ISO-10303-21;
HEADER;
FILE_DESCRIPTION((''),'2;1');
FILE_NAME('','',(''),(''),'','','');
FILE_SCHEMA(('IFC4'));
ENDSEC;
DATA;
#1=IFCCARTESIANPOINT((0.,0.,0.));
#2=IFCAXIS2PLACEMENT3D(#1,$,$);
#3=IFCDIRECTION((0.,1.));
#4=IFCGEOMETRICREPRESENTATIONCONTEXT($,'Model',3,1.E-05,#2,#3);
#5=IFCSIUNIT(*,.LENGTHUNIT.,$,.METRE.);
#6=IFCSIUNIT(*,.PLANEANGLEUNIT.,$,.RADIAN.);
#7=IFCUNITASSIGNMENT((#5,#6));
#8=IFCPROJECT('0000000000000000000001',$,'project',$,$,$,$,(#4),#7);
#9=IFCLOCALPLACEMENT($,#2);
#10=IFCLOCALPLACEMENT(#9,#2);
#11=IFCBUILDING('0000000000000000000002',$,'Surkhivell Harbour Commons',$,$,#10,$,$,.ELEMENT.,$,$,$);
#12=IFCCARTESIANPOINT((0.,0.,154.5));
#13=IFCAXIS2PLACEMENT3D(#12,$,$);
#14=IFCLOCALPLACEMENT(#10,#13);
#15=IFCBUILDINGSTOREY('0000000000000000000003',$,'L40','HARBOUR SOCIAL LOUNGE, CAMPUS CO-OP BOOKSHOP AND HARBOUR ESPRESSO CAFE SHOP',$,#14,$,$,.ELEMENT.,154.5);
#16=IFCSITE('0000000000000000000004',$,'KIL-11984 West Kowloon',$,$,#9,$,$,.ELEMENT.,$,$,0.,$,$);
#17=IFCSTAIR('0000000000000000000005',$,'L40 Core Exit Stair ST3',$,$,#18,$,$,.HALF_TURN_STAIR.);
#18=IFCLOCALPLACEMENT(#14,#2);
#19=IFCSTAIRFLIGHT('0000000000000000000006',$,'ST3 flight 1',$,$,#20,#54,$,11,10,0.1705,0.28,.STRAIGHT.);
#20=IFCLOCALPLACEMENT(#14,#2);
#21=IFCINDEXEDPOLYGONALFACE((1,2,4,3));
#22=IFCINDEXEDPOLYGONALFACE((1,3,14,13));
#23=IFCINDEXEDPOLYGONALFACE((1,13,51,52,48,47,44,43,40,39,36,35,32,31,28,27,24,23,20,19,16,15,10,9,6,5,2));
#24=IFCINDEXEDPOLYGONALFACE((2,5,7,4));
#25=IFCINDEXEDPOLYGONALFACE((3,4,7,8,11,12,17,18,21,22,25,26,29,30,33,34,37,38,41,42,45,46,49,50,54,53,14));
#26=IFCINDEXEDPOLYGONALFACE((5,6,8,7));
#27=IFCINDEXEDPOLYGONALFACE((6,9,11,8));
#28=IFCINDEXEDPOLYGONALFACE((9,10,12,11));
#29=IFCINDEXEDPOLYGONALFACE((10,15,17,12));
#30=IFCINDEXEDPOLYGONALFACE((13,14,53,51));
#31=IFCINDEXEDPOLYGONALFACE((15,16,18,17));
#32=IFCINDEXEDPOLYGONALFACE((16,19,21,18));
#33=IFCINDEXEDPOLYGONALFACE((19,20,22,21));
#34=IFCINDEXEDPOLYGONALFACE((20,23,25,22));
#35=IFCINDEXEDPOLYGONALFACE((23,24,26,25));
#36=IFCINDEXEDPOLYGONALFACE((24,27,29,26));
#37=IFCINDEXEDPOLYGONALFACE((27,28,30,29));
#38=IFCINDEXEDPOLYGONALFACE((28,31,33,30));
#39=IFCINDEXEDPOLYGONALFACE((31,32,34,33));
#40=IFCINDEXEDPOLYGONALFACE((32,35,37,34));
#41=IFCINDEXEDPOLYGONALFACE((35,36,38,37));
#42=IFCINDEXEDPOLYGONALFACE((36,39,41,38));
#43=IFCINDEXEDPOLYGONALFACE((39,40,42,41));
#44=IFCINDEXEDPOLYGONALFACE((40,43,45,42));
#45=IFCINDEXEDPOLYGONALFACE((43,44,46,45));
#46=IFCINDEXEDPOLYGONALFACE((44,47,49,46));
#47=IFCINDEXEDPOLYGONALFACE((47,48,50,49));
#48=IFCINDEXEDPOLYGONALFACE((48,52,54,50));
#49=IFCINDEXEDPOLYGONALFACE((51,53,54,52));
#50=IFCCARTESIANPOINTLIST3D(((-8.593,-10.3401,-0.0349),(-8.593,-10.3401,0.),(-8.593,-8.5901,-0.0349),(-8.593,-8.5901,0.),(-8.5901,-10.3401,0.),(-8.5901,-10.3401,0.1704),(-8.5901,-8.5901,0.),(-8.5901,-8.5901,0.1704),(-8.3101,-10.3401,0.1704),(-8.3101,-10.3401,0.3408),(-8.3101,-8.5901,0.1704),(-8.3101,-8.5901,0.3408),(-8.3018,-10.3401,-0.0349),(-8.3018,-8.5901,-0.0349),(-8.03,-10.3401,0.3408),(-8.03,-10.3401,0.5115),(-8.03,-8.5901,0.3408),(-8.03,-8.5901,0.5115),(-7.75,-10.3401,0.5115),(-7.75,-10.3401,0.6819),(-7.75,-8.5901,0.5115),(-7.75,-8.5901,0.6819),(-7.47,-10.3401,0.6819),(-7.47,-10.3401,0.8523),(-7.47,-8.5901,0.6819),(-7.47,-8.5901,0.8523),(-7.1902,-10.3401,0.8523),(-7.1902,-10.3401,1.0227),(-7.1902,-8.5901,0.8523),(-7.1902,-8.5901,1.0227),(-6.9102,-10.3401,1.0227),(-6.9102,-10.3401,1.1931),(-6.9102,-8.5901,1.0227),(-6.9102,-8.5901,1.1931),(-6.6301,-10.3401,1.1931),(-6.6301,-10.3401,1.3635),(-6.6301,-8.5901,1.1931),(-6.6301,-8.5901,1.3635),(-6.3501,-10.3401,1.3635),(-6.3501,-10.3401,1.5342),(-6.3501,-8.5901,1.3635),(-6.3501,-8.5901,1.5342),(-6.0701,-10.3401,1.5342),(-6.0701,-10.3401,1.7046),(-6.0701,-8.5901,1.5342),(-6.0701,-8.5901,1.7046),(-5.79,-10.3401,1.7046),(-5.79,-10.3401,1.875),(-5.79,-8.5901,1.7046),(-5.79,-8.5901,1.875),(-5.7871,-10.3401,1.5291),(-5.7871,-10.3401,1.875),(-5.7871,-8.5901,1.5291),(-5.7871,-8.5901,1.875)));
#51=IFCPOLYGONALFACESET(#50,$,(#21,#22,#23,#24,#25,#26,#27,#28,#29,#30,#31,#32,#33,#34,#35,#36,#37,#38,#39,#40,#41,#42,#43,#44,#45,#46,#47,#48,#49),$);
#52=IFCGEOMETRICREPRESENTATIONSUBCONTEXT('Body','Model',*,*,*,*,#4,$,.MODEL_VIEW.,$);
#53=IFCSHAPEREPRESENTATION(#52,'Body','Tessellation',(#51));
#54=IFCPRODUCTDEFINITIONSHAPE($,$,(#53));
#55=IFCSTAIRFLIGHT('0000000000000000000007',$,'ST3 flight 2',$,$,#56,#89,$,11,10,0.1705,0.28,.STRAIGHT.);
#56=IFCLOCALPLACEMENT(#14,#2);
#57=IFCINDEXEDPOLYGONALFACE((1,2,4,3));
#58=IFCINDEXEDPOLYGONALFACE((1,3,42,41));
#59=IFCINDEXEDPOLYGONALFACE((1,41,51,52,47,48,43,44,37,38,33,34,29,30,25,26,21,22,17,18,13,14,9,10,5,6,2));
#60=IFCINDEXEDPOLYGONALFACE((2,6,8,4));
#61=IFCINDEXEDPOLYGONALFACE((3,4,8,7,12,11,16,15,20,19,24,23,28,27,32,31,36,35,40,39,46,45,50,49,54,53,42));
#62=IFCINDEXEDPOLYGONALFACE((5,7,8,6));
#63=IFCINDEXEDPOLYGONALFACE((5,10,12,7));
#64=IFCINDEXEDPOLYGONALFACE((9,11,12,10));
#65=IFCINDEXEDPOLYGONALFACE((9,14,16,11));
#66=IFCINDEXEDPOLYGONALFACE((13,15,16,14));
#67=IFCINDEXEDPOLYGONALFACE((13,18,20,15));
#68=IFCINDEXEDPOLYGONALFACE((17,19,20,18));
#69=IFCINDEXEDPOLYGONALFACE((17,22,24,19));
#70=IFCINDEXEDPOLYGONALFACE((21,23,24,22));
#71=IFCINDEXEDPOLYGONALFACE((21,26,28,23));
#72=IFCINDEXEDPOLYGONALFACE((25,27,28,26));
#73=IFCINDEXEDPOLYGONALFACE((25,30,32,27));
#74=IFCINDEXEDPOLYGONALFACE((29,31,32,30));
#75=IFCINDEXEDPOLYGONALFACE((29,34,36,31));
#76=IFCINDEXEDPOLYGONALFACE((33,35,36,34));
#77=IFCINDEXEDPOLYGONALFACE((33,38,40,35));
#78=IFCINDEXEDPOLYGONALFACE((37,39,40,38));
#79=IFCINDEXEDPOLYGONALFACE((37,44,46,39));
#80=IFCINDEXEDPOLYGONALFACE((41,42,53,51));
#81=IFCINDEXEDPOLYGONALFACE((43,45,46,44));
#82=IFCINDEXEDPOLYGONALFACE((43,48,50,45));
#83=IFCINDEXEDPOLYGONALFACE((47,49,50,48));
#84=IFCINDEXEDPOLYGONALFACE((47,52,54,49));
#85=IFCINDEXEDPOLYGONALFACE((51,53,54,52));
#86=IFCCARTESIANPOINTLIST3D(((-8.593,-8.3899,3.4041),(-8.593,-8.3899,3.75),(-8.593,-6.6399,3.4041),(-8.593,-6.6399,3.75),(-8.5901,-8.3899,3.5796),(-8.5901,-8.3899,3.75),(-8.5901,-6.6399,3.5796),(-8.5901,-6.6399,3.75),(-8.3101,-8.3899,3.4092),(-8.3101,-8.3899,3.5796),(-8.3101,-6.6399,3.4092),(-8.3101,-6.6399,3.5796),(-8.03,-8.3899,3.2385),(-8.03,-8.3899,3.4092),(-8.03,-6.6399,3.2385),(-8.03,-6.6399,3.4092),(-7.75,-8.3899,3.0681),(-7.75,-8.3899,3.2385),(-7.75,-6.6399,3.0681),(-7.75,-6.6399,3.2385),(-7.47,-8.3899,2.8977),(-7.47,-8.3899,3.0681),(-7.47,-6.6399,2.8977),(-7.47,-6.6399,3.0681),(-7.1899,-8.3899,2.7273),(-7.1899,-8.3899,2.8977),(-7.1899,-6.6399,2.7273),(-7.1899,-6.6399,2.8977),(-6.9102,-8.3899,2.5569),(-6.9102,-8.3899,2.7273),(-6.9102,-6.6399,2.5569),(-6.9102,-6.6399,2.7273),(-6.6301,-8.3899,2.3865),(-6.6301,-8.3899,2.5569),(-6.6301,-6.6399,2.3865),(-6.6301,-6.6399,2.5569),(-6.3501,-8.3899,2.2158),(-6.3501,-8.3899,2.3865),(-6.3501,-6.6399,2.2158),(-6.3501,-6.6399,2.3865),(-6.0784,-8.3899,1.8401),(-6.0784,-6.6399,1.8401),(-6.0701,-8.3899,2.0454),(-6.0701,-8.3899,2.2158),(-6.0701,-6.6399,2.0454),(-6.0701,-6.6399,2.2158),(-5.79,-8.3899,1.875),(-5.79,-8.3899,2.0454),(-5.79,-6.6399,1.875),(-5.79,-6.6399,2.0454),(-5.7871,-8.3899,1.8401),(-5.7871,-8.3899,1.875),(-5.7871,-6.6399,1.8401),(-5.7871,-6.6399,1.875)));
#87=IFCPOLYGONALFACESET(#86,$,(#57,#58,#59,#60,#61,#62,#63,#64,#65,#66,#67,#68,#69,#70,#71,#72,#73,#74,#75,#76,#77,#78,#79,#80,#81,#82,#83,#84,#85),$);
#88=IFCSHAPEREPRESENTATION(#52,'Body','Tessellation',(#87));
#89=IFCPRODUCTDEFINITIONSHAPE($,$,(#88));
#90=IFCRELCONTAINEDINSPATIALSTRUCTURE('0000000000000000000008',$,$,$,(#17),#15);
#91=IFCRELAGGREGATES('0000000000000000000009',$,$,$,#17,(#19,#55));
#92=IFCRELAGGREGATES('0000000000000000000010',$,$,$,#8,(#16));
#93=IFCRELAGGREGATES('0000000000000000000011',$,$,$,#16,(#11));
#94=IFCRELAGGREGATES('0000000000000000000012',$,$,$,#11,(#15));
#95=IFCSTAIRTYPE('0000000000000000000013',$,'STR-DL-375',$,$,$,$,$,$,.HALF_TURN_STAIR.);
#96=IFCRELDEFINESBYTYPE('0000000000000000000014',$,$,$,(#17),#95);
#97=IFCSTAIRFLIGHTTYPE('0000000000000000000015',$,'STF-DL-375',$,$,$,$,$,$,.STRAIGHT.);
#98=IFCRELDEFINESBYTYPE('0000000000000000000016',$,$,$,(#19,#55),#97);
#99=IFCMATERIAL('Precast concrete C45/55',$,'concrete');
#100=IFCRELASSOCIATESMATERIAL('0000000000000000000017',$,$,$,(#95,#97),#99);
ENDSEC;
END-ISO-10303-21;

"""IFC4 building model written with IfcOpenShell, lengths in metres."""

from ifc_helpers import new_model, si_unit, direction, frame, origin, place, context, subcontext, project, spatial, polyline, outline, extrude, material, type_object, element, aggregate, save


model = new_model("IFC4")

# Units and contexts
model_context = context("Model", 3, precision=1e-05, world=origin(), true_north=direction((0.0, 1.0)))
body_context = subcontext(model_context, "Body", "Model", "MODEL_VIEW")
ifc_project = project(units=[si_unit("LENGTHUNIT", "METRE"), si_unit("PLANEANGLEUNIT", "RADIAN")], contexts=[model_context])

# Site, building, storey
site_placement = place(None, origin())
site = spatial("IfcSite", under=ifc_project, at=site_placement, Name="KIL-11984 West Kowloon", CompositionType="ELEMENT", RefElevation=0.0)
building_placement = place(site_placement, origin())
building = spatial("IfcBuilding", under=site, at=building_placement, Name="Surkhivell Harbour Commons", CompositionType="ELEMENT")
storey_placement = place(building_placement, frame((0.0, 0.0, 154.5)))
storey = spatial("IfcBuildingStorey", under=building, at=storey_placement, Name="L40", Description="HARBOUR SOCIAL LOUNGE, CAMPUS CO-OP BOOKSHOP AND HARBOUR ESPRESSO CAFE SHOP", CompositionType="ELEMENT", Elevation=154.5)

# Stair, stair flights
ifc_material_1 = material(Name="Precast concrete C45/55", Category="concrete")
stair_type = type_object("IfcStairType", Name="STR-DL-375", PredefinedType="HALF_TURN_STAIR", material=ifc_material_1)
stair_placement = place(storey_placement, origin())
stair = element("IfcStair", 1, at=stair_placement, inside=storey, type_object=stair_type, Name="L40 Core Exit Stair ST3", PredefinedType="HALF_TURN_STAIR")
stair_flight_type = type_object("IfcStairFlightType", Name="STF-DL-375", PredefinedType="STRAIGHT", material=ifc_material_1)
stair_flight_1_placement = place(storey_placement, frame((-8.5901, -9.4651, 0.0), z_axis=(0.0, 0.0, 1.0), x_axis=(1.0, 0.0, 0.0)))
stair_flight_1 = element("IfcStairFlight", 2, at=stair_flight_1_placement, type_object=stair_flight_type, Name="ST3 flight 1", NumberOfRisers=11, NumberOfTreads=10, PredefinedType="STRAIGHT", RiserHeight=0.1705, TreadLength=0.28, context=body_context, shape_type="SweptSolid", body=[
    extrude(outline(polyline([(-0.0029, -0.0349), (-0.0029, 0.0), (0.0, 0.0), (0.0, 0.1704), (0.28, 0.1704), (0.28, 0.3408), (0.5601, 0.3408), (0.5601, 0.5115), (0.8401, 0.5115), (0.8401, 0.6819), (1.1201, 0.6819), (1.1201, 0.8523), (1.3999, 0.8523), (1.3999, 1.0227), (1.6799, 1.0227), (1.6799, 1.1931), (1.96, 1.1931), (1.96, 1.3635), (2.24, 1.3635), (2.24, 1.5342), (2.52, 1.5342), (2.52, 1.7046), (2.8, 1.7046), (2.8, 1.875), (2.803, 1.875), (2.803, 1.5291), (0.2883, -0.0349), (-0.0029, -0.0349)])), frame((0.0, 0.875, 0.0), z_axis=(0.0, -1.0, 0.0), x_axis=(1.0, 0.0, 0.0)), (0.0, 0.0, 1.0), 1.75),
])
stair_flight_2_placement = place(storey_placement, frame((-5.79, -7.5149, 1.875), z_axis=(0.0, 0.0, 1.0), x_axis=(-1.0, 0.0, 0.0)))
stair_flight_2 = element("IfcStairFlight", 3, at=stair_flight_2_placement, type_object=stair_flight_type, Name="ST3 flight 2", NumberOfRisers=11, NumberOfTreads=10, PredefinedType="STRAIGHT", RiserHeight=0.1705, TreadLength=0.28, context=body_context, shape_type="SweptSolid", body=[
    extrude(outline(polyline([(-0.0029, -0.0349), (-0.0029, 0.0), (0.0, 0.0), (0.0, 0.1704), (0.28, 0.1704), (0.28, 0.3408), (0.5601, 0.3408), (0.5601, 0.5115), (0.8401, 0.5115), (0.8401, 0.6819), (1.1201, 0.6819), (1.1201, 0.8523), (1.3999, 0.8523), (1.3999, 1.0227), (1.6799, 1.0227), (1.6799, 1.1931), (1.96, 1.1931), (1.96, 1.3635), (2.24, 1.3635), (2.24, 1.5342), (2.52, 1.5342), (2.52, 1.7046), (2.8, 1.7046), (2.8, 1.875), (2.803, 1.875), (2.803, 1.5291), (0.2883, -0.0349), (-0.0029, -0.0349)])), frame((0.0, 0.875, 0.0), z_axis=(0.0, -1.0, 0.0), x_axis=(1.0, 0.0, 0.0)), (0.0, 0.0, 1.0), 1.75),
])
aggregate(stair, [stair_flight_1, stair_flight_2])

save(model, "model.ifc")
